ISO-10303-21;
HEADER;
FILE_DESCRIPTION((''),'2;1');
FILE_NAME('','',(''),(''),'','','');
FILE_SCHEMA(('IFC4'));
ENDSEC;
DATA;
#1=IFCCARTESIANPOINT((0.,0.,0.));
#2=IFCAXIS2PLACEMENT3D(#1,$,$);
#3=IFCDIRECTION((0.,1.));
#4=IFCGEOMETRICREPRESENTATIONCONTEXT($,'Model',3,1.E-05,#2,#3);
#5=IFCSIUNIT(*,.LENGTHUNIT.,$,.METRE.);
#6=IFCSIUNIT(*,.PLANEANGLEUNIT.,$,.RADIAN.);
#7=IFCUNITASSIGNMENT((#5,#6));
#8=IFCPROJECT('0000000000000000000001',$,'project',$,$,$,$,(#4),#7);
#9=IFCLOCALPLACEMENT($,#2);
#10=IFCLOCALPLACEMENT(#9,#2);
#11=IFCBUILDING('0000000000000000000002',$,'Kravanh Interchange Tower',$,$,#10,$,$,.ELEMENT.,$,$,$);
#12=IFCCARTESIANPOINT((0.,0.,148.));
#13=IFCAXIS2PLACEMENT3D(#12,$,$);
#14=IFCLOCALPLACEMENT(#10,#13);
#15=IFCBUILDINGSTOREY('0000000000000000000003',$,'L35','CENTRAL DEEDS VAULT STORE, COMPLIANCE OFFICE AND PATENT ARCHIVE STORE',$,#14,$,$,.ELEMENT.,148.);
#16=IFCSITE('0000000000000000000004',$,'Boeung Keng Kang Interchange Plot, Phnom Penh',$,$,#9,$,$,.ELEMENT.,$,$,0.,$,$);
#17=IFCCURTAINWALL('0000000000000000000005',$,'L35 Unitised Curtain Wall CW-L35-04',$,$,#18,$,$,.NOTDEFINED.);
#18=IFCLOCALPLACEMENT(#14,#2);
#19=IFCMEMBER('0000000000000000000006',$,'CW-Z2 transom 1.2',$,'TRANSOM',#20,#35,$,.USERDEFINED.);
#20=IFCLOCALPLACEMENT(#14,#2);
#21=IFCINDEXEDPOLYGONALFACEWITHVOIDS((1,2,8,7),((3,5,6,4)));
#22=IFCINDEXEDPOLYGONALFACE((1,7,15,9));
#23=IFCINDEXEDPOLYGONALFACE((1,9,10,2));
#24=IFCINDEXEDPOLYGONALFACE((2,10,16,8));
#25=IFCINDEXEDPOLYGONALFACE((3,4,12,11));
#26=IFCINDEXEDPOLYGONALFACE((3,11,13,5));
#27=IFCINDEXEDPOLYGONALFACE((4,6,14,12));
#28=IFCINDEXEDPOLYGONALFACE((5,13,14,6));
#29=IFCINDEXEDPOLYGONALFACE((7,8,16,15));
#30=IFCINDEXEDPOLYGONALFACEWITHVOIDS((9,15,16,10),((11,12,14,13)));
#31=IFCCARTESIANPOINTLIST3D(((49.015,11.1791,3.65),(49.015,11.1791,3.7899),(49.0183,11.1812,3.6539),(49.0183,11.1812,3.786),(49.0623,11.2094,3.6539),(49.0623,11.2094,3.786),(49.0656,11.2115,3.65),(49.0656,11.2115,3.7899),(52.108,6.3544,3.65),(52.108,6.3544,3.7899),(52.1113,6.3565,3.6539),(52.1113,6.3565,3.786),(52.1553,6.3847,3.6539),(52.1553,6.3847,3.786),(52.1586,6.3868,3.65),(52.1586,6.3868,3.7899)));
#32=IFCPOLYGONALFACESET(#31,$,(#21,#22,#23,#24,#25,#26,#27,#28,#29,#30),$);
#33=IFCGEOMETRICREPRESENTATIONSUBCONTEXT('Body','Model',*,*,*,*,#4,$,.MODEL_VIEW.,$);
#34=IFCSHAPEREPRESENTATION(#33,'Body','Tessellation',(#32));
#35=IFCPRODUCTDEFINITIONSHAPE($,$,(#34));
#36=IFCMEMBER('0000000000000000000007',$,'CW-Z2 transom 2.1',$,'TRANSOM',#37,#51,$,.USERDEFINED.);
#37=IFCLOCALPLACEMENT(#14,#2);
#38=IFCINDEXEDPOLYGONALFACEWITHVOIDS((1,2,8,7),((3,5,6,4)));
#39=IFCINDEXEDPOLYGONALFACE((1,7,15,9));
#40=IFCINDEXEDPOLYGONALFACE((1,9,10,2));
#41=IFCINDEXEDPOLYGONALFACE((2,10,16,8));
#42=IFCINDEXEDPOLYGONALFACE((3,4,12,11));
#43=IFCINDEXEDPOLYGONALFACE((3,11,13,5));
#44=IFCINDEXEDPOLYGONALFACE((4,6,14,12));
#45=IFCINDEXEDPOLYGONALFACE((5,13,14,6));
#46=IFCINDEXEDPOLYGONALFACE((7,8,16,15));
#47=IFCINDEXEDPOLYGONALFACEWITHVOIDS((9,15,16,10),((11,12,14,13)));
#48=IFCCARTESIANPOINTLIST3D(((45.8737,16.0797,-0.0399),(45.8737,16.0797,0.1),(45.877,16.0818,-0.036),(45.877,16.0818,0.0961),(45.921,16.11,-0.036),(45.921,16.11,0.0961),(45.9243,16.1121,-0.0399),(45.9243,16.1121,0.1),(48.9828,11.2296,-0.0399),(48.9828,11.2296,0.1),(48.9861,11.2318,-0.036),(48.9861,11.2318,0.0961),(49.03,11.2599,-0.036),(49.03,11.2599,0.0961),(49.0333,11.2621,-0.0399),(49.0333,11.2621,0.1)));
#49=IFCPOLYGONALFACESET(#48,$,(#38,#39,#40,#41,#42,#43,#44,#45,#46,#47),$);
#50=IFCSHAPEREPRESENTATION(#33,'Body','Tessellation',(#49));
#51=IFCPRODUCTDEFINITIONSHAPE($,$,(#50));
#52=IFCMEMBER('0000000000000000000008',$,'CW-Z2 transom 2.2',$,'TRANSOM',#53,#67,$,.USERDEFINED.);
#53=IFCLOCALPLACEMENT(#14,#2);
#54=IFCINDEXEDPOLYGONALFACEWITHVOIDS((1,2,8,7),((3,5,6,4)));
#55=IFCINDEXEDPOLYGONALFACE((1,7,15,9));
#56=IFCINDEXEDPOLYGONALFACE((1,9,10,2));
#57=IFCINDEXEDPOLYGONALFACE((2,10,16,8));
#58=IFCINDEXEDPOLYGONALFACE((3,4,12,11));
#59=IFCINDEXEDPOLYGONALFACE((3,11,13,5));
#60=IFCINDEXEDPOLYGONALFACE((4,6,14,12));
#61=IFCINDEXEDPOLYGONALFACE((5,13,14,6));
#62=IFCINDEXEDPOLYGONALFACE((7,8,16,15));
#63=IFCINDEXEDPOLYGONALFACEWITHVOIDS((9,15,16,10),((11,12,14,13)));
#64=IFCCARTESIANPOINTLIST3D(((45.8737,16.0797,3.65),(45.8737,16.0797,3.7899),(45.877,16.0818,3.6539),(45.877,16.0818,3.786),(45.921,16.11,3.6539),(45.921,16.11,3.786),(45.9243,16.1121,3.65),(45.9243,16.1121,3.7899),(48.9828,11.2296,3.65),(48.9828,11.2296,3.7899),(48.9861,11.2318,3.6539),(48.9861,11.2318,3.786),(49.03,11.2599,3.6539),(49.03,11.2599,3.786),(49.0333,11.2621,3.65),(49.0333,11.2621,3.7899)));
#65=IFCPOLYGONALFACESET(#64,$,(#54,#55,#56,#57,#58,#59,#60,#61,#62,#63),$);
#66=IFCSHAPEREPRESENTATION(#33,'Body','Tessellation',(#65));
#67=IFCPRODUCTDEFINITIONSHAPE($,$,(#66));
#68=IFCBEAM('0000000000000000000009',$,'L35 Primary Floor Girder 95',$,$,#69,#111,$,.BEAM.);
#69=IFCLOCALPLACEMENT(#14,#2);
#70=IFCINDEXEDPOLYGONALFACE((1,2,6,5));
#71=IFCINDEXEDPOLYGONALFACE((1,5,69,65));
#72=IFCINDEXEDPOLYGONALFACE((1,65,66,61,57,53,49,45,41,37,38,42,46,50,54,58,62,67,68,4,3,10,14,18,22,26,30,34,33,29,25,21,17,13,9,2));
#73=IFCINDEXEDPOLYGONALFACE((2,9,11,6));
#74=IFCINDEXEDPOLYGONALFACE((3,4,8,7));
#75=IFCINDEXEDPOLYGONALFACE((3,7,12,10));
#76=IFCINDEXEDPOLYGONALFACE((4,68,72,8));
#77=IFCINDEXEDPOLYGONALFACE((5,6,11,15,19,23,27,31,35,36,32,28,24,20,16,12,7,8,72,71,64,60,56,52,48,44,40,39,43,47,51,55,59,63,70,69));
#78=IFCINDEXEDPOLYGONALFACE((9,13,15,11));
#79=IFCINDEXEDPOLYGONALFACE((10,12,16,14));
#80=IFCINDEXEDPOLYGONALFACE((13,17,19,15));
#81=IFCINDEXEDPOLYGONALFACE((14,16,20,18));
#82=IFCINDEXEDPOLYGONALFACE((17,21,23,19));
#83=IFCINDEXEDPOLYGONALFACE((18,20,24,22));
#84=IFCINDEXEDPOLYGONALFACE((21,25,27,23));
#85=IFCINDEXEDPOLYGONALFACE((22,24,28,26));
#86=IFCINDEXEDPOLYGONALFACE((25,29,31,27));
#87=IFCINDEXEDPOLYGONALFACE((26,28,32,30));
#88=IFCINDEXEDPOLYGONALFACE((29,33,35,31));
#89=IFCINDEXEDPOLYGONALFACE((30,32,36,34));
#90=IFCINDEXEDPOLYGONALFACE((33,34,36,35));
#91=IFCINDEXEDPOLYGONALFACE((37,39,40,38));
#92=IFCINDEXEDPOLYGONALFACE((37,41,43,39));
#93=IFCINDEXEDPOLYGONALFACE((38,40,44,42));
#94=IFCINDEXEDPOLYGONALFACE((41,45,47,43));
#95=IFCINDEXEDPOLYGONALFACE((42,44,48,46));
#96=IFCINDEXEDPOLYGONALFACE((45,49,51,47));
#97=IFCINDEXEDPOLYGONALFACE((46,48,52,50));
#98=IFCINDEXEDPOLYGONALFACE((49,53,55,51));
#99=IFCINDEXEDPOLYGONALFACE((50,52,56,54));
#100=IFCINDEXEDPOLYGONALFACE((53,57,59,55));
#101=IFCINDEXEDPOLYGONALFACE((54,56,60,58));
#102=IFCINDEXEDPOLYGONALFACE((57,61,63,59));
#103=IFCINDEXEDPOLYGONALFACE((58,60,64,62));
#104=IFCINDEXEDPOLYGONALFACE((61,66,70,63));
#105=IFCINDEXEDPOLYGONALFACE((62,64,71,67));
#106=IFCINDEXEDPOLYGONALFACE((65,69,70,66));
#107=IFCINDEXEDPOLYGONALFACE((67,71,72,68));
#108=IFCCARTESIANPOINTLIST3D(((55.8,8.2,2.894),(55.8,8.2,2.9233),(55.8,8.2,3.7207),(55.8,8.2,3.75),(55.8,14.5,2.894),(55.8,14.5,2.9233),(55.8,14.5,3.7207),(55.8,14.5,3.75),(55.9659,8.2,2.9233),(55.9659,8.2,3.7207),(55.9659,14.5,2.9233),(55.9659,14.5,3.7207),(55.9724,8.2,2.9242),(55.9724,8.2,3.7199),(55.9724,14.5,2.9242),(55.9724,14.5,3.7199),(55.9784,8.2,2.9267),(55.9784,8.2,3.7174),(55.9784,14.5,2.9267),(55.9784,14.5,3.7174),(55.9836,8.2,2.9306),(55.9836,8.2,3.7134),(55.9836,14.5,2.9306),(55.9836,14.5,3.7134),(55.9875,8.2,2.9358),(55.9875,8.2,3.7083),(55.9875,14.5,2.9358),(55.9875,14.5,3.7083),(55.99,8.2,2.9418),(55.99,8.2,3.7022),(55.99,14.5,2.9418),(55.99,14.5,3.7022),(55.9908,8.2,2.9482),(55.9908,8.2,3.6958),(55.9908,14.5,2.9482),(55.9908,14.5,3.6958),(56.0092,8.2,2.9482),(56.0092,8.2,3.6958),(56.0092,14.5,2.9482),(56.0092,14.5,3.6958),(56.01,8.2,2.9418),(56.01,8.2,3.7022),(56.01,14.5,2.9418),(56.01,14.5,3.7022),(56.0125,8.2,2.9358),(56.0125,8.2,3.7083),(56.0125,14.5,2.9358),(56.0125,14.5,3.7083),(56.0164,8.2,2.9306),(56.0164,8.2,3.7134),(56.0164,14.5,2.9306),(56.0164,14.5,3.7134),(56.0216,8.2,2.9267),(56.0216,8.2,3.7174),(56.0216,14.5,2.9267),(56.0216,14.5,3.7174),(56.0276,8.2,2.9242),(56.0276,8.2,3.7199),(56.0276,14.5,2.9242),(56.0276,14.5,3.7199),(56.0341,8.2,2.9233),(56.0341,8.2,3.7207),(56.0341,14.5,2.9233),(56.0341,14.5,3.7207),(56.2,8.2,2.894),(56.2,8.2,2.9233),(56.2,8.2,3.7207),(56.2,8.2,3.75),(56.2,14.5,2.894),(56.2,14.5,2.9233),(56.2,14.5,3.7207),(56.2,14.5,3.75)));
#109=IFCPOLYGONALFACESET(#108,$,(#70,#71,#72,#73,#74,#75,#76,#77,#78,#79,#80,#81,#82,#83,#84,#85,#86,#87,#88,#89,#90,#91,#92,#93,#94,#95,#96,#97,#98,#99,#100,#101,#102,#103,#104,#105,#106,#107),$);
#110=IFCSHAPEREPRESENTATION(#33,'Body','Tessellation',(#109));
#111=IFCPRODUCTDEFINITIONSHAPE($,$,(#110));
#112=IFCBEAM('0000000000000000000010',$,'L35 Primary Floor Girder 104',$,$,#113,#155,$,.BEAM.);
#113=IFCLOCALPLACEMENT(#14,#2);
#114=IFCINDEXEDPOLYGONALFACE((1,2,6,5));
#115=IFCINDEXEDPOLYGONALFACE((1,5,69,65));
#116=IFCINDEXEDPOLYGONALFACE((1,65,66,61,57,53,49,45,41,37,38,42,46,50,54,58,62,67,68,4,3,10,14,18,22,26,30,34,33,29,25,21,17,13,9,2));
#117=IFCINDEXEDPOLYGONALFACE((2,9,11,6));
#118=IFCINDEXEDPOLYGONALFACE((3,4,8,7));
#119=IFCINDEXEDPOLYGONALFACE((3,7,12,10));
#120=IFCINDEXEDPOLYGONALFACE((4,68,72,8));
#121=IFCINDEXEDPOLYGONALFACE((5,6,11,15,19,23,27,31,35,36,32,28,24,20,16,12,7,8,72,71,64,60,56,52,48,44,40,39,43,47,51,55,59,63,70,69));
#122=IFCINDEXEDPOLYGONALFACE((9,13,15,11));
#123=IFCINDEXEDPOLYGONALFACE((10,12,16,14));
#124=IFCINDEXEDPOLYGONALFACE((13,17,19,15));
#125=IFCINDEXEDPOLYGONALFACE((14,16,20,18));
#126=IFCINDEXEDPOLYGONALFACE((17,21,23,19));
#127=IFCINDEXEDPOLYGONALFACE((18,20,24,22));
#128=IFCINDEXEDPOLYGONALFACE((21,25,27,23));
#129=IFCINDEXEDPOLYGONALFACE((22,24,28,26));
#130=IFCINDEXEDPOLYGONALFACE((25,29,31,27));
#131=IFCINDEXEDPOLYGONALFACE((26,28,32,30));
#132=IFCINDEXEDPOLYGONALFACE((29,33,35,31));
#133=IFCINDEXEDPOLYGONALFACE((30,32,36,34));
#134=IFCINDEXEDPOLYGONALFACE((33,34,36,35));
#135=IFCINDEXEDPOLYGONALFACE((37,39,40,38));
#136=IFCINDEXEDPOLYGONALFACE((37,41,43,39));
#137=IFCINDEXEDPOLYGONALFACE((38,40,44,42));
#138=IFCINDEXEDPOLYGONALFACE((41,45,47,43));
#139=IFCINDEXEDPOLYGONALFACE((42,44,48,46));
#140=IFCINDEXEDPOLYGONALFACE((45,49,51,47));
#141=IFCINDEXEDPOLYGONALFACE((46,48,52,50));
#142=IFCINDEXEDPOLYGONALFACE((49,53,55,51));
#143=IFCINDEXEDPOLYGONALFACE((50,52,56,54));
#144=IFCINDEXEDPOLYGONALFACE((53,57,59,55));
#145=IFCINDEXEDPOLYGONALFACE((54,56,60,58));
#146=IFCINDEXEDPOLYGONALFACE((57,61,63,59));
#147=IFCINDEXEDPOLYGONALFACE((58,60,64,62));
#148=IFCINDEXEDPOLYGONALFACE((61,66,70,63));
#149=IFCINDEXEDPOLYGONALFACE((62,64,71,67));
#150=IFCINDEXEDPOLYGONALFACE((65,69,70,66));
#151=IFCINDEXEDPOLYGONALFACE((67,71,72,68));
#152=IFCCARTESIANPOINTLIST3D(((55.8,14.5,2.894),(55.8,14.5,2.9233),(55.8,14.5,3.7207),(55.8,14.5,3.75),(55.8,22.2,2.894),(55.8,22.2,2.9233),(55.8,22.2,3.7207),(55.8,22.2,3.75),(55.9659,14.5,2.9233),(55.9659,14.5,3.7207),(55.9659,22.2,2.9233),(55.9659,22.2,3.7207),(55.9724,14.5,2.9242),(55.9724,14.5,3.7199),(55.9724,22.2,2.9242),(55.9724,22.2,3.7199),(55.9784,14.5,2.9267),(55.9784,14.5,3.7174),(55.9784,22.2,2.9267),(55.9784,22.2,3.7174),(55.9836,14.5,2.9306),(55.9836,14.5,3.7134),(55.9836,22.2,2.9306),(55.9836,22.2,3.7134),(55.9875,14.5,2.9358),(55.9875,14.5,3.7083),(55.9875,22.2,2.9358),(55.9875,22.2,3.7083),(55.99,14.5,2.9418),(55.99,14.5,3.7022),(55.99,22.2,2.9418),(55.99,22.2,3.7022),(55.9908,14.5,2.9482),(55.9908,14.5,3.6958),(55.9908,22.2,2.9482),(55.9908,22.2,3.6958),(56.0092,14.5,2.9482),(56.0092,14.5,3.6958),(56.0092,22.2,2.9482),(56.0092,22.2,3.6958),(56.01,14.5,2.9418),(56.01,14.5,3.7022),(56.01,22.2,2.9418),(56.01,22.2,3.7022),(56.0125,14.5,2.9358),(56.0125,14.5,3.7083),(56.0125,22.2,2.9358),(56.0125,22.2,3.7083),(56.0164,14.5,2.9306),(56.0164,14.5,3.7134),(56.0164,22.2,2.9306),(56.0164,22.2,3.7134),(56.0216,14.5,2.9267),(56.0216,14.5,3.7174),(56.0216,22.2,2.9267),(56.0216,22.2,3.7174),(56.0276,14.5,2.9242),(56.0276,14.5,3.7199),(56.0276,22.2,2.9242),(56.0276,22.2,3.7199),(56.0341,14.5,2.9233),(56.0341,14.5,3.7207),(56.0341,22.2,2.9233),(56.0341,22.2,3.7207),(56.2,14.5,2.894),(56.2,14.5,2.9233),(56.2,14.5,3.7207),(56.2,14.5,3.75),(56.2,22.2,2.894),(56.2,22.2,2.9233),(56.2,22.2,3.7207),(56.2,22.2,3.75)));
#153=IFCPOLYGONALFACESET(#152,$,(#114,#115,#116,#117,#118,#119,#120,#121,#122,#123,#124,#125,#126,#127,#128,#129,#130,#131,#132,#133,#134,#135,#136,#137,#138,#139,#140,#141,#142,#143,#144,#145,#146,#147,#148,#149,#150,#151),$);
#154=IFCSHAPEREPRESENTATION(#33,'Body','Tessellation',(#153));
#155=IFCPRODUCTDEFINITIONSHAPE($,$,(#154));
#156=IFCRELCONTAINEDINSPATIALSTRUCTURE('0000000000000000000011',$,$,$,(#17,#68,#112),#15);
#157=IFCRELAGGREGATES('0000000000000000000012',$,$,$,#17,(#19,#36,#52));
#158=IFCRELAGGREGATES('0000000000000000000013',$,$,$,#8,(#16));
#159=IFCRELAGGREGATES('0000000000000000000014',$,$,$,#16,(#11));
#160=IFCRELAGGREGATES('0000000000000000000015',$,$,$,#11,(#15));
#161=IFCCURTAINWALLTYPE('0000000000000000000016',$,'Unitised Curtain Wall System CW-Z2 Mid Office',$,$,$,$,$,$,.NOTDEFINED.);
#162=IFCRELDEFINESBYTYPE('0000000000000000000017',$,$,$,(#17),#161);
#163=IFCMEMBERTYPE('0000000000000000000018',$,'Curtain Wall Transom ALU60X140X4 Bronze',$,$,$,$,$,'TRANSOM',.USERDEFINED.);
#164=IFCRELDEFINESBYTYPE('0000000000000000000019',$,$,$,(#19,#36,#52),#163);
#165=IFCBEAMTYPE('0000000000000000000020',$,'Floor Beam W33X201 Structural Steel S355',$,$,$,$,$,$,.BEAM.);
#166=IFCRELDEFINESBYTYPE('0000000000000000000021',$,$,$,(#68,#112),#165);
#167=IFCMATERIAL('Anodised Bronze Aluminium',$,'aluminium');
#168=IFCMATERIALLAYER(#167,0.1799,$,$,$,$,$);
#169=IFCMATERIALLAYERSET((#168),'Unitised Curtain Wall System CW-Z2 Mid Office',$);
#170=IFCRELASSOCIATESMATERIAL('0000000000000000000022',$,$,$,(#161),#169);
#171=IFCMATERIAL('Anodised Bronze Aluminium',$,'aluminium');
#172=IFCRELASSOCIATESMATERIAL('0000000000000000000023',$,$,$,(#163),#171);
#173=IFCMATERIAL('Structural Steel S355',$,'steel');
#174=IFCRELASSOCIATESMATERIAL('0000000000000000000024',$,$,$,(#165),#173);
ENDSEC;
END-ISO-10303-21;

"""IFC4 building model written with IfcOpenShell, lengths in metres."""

from ifc_helpers import new_model, si_unit, direction, frame, origin, origin_2d, place, context, subcontext, project, spatial, hollow_rectangle, i_section, extrude, material, layer, layer_set, material_profile, profile_set, type_object, element, aggregate, save


model = new_model("IFC4")

# Units and contexts
model_context = context("Model", 3, precision=1e-05, world=origin(), true_north=direction((0.0, 1.0)))
body_context = subcontext(model_context, "Body", "Model", "MODEL_VIEW")
ifc_project = project(units=[si_unit("LENGTHUNIT", "METRE"), si_unit("PLANEANGLEUNIT", "RADIAN")], contexts=[model_context])

# Site, building, storey
site_placement = place(None, origin())
site = spatial("IfcSite", under=ifc_project, at=site_placement, Name="Boeung Keng Kang Interchange Plot, Phnom Penh", CompositionType="ELEMENT", RefElevation=0.0)
building_placement = place(site_placement, origin())
building = spatial("IfcBuilding", under=site, at=building_placement, Name="Kravanh Interchange Tower", CompositionType="ELEMENT")
storey_placement = place(building_placement, frame((0.0, 0.0, 148.0)))
storey = spatial("IfcBuildingStorey", under=building, at=storey_placement, Name="L35", Description="CENTRAL DEEDS VAULT STORE, COMPLIANCE OFFICE AND PATENT ARCHIVE STORE", CompositionType="ELEMENT", Elevation=148.0)

# Shared definitions
ifc_material_1 = material(Name="Anodised Bronze Aluminium", Category="aluminium")
ifc_layer_1 = layer(ifc_material_1, 0.1799)
ifc_layer_set_1 = layer_set([ifc_layer_1], Name="Unitised Curtain Wall System CW-Z2 Mid Office")
curtain_wall_type = type_object("IfcCurtainWallType", Name="Unitised Curtain Wall System CW-Z2 Mid Office", PredefinedType="NOTDEFINED", material=ifc_layer_set_1)

# Curtain wall, members
curtain_wall_1_placement = place(storey_placement, origin())
curtain_wall_1 = element("IfcCurtainWall", 1, at=curtain_wall_1_placement, inside=storey, type_object=curtain_wall_type, Name="L35 Unitised Curtain Wall CW-L35-04", PredefinedType="NOTDEFINED")
ifc_material_2 = material(Name="Anodised Bronze Aluminium", Category="aluminium")
ifc_material_profile_1 = material_profile(ifc_material_2, hollow_rectangle(XDim=0.0601, YDim=0.1399, WallThickness=0.0039, at=origin_2d()), Name="ALU60X140X4")
ifc_profile_set_1 = profile_set([ifc_material_profile_1], Name="Anodised Bronze Aluminium")
member_type_1 = type_object("IfcMemberType", Name="Curtain Wall Transom ALU60X140X4 Bronze", ElementType="TRANSOM", PredefinedType="USERDEFINED", material=ifc_profile_set_1)
member_1_placement = place(storey_placement, frame((52.1333, 6.3706, 3.72), z_axis=(-0.539698, 0.841859, 0.0), x_axis=(-0.841859, -0.539698, 0.0)))
member_1 = element("IfcMember", 2, at=member_1_placement, type_object=member_type_1, Name="CW-Z2 transom 1.2", ObjectType="TRANSOM", PredefinedType="USERDEFINED", context=body_context, shape_type="SweptSolid", body=[
    extrude(hollow_rectangle(XDim=0.0601, YDim=0.1399, WallThickness=0.0039, at=origin_2d()), origin(), (0.0, 0.0, 1.0), 5.731),
])
member_2_placement = place(storey_placement, frame((49.0081, 11.2458, 0.03), z_axis=(-0.539678, 0.841872, 0.0), x_axis=(-0.841872, -0.539678, 0.0)))
member_2 = element("IfcMember", 3, at=member_2_placement, type_object=member_type_1, Name="CW-Z2 transom 2.1", ObjectType="TRANSOM", PredefinedType="USERDEFINED", context=body_context, shape_type="SweptSolid", body=[
    extrude(hollow_rectangle(XDim=0.0601, YDim=0.1399, WallThickness=0.0039, at=origin_2d()), origin(), (0.0, 0.0, 1.0), 5.761),
])
member_3_placement = place(storey_placement, frame((49.0081, 11.2458, 3.72), z_axis=(-0.539678, 0.841872, 0.0), x_axis=(-0.841872, -0.539678, 0.0)))
member_3 = element("IfcMember", 4, at=member_3_placement, type_object=member_type_1, Name="CW-Z2 transom 2.2", ObjectType="TRANSOM", PredefinedType="USERDEFINED", context=body_context, shape_type="SweptSolid", body=[
    extrude(hollow_rectangle(XDim=0.0601, YDim=0.1399, WallThickness=0.0039, at=origin_2d()), origin(), (0.0, 0.0, 1.0), 5.761),
])

# Beams
ifc_material_3 = material(Name="Structural Steel S355", Category="steel")
ifc_material_profile_2 = material_profile(ifc_material_3, i_section(OverallWidth=0.3999, OverallDepth=0.856, WebThickness=0.0183, FlangeThickness=0.0293, FilletRadius=0.0249, at=origin_2d()), Name="W33X201")
ifc_profile_set_2 = profile_set([ifc_material_profile_2], Name="Structural Steel S355")
beam_type_1 = type_object("IfcBeamType", Name="Floor Beam W33X201 Structural Steel S355", PredefinedType="BEAM", material=ifc_profile_set_2)
beam_1_placement = place(storey_placement, frame((56.0, 8.2, 3.322), z_axis=(0.0, 1.0, 0.0), x_axis=(-1.0, 0.0, 0.0)))
element("IfcBeam", 5, at=beam_1_placement, inside=storey, type_object=beam_type_1, Name="L35 Primary Floor Girder 95", PredefinedType="BEAM", context=body_context, shape_type="SweptSolid", body=[
    extrude(i_section(OverallWidth=0.3999, OverallDepth=0.856, WebThickness=0.0183, FlangeThickness=0.0293, FilletRadius=0.0249, at=origin_2d()), origin(), (0.0, 0.0, 1.0), 6.3),
])
beam_2_placement = place(storey_placement, frame((56.0, 14.5, 3.322), z_axis=(0.0, 1.0, 0.0), x_axis=(-1.0, 0.0, 0.0)))
element("IfcBeam", 6, at=beam_2_placement, inside=storey, type_object=beam_type_1, Name="L35 Primary Floor Girder 104", PredefinedType="BEAM", context=body_context, shape_type="SweptSolid", body=[
    extrude(i_section(OverallWidth=0.3999, OverallDepth=0.856, WebThickness=0.0183, FlangeThickness=0.0293, FilletRadius=0.0249, at=origin_2d()), origin(), (0.0, 0.0, 1.0), 7.7),
])

aggregate(curtain_wall_1, [member_1, member_2, member_3])

save(model, "model.ifc")
